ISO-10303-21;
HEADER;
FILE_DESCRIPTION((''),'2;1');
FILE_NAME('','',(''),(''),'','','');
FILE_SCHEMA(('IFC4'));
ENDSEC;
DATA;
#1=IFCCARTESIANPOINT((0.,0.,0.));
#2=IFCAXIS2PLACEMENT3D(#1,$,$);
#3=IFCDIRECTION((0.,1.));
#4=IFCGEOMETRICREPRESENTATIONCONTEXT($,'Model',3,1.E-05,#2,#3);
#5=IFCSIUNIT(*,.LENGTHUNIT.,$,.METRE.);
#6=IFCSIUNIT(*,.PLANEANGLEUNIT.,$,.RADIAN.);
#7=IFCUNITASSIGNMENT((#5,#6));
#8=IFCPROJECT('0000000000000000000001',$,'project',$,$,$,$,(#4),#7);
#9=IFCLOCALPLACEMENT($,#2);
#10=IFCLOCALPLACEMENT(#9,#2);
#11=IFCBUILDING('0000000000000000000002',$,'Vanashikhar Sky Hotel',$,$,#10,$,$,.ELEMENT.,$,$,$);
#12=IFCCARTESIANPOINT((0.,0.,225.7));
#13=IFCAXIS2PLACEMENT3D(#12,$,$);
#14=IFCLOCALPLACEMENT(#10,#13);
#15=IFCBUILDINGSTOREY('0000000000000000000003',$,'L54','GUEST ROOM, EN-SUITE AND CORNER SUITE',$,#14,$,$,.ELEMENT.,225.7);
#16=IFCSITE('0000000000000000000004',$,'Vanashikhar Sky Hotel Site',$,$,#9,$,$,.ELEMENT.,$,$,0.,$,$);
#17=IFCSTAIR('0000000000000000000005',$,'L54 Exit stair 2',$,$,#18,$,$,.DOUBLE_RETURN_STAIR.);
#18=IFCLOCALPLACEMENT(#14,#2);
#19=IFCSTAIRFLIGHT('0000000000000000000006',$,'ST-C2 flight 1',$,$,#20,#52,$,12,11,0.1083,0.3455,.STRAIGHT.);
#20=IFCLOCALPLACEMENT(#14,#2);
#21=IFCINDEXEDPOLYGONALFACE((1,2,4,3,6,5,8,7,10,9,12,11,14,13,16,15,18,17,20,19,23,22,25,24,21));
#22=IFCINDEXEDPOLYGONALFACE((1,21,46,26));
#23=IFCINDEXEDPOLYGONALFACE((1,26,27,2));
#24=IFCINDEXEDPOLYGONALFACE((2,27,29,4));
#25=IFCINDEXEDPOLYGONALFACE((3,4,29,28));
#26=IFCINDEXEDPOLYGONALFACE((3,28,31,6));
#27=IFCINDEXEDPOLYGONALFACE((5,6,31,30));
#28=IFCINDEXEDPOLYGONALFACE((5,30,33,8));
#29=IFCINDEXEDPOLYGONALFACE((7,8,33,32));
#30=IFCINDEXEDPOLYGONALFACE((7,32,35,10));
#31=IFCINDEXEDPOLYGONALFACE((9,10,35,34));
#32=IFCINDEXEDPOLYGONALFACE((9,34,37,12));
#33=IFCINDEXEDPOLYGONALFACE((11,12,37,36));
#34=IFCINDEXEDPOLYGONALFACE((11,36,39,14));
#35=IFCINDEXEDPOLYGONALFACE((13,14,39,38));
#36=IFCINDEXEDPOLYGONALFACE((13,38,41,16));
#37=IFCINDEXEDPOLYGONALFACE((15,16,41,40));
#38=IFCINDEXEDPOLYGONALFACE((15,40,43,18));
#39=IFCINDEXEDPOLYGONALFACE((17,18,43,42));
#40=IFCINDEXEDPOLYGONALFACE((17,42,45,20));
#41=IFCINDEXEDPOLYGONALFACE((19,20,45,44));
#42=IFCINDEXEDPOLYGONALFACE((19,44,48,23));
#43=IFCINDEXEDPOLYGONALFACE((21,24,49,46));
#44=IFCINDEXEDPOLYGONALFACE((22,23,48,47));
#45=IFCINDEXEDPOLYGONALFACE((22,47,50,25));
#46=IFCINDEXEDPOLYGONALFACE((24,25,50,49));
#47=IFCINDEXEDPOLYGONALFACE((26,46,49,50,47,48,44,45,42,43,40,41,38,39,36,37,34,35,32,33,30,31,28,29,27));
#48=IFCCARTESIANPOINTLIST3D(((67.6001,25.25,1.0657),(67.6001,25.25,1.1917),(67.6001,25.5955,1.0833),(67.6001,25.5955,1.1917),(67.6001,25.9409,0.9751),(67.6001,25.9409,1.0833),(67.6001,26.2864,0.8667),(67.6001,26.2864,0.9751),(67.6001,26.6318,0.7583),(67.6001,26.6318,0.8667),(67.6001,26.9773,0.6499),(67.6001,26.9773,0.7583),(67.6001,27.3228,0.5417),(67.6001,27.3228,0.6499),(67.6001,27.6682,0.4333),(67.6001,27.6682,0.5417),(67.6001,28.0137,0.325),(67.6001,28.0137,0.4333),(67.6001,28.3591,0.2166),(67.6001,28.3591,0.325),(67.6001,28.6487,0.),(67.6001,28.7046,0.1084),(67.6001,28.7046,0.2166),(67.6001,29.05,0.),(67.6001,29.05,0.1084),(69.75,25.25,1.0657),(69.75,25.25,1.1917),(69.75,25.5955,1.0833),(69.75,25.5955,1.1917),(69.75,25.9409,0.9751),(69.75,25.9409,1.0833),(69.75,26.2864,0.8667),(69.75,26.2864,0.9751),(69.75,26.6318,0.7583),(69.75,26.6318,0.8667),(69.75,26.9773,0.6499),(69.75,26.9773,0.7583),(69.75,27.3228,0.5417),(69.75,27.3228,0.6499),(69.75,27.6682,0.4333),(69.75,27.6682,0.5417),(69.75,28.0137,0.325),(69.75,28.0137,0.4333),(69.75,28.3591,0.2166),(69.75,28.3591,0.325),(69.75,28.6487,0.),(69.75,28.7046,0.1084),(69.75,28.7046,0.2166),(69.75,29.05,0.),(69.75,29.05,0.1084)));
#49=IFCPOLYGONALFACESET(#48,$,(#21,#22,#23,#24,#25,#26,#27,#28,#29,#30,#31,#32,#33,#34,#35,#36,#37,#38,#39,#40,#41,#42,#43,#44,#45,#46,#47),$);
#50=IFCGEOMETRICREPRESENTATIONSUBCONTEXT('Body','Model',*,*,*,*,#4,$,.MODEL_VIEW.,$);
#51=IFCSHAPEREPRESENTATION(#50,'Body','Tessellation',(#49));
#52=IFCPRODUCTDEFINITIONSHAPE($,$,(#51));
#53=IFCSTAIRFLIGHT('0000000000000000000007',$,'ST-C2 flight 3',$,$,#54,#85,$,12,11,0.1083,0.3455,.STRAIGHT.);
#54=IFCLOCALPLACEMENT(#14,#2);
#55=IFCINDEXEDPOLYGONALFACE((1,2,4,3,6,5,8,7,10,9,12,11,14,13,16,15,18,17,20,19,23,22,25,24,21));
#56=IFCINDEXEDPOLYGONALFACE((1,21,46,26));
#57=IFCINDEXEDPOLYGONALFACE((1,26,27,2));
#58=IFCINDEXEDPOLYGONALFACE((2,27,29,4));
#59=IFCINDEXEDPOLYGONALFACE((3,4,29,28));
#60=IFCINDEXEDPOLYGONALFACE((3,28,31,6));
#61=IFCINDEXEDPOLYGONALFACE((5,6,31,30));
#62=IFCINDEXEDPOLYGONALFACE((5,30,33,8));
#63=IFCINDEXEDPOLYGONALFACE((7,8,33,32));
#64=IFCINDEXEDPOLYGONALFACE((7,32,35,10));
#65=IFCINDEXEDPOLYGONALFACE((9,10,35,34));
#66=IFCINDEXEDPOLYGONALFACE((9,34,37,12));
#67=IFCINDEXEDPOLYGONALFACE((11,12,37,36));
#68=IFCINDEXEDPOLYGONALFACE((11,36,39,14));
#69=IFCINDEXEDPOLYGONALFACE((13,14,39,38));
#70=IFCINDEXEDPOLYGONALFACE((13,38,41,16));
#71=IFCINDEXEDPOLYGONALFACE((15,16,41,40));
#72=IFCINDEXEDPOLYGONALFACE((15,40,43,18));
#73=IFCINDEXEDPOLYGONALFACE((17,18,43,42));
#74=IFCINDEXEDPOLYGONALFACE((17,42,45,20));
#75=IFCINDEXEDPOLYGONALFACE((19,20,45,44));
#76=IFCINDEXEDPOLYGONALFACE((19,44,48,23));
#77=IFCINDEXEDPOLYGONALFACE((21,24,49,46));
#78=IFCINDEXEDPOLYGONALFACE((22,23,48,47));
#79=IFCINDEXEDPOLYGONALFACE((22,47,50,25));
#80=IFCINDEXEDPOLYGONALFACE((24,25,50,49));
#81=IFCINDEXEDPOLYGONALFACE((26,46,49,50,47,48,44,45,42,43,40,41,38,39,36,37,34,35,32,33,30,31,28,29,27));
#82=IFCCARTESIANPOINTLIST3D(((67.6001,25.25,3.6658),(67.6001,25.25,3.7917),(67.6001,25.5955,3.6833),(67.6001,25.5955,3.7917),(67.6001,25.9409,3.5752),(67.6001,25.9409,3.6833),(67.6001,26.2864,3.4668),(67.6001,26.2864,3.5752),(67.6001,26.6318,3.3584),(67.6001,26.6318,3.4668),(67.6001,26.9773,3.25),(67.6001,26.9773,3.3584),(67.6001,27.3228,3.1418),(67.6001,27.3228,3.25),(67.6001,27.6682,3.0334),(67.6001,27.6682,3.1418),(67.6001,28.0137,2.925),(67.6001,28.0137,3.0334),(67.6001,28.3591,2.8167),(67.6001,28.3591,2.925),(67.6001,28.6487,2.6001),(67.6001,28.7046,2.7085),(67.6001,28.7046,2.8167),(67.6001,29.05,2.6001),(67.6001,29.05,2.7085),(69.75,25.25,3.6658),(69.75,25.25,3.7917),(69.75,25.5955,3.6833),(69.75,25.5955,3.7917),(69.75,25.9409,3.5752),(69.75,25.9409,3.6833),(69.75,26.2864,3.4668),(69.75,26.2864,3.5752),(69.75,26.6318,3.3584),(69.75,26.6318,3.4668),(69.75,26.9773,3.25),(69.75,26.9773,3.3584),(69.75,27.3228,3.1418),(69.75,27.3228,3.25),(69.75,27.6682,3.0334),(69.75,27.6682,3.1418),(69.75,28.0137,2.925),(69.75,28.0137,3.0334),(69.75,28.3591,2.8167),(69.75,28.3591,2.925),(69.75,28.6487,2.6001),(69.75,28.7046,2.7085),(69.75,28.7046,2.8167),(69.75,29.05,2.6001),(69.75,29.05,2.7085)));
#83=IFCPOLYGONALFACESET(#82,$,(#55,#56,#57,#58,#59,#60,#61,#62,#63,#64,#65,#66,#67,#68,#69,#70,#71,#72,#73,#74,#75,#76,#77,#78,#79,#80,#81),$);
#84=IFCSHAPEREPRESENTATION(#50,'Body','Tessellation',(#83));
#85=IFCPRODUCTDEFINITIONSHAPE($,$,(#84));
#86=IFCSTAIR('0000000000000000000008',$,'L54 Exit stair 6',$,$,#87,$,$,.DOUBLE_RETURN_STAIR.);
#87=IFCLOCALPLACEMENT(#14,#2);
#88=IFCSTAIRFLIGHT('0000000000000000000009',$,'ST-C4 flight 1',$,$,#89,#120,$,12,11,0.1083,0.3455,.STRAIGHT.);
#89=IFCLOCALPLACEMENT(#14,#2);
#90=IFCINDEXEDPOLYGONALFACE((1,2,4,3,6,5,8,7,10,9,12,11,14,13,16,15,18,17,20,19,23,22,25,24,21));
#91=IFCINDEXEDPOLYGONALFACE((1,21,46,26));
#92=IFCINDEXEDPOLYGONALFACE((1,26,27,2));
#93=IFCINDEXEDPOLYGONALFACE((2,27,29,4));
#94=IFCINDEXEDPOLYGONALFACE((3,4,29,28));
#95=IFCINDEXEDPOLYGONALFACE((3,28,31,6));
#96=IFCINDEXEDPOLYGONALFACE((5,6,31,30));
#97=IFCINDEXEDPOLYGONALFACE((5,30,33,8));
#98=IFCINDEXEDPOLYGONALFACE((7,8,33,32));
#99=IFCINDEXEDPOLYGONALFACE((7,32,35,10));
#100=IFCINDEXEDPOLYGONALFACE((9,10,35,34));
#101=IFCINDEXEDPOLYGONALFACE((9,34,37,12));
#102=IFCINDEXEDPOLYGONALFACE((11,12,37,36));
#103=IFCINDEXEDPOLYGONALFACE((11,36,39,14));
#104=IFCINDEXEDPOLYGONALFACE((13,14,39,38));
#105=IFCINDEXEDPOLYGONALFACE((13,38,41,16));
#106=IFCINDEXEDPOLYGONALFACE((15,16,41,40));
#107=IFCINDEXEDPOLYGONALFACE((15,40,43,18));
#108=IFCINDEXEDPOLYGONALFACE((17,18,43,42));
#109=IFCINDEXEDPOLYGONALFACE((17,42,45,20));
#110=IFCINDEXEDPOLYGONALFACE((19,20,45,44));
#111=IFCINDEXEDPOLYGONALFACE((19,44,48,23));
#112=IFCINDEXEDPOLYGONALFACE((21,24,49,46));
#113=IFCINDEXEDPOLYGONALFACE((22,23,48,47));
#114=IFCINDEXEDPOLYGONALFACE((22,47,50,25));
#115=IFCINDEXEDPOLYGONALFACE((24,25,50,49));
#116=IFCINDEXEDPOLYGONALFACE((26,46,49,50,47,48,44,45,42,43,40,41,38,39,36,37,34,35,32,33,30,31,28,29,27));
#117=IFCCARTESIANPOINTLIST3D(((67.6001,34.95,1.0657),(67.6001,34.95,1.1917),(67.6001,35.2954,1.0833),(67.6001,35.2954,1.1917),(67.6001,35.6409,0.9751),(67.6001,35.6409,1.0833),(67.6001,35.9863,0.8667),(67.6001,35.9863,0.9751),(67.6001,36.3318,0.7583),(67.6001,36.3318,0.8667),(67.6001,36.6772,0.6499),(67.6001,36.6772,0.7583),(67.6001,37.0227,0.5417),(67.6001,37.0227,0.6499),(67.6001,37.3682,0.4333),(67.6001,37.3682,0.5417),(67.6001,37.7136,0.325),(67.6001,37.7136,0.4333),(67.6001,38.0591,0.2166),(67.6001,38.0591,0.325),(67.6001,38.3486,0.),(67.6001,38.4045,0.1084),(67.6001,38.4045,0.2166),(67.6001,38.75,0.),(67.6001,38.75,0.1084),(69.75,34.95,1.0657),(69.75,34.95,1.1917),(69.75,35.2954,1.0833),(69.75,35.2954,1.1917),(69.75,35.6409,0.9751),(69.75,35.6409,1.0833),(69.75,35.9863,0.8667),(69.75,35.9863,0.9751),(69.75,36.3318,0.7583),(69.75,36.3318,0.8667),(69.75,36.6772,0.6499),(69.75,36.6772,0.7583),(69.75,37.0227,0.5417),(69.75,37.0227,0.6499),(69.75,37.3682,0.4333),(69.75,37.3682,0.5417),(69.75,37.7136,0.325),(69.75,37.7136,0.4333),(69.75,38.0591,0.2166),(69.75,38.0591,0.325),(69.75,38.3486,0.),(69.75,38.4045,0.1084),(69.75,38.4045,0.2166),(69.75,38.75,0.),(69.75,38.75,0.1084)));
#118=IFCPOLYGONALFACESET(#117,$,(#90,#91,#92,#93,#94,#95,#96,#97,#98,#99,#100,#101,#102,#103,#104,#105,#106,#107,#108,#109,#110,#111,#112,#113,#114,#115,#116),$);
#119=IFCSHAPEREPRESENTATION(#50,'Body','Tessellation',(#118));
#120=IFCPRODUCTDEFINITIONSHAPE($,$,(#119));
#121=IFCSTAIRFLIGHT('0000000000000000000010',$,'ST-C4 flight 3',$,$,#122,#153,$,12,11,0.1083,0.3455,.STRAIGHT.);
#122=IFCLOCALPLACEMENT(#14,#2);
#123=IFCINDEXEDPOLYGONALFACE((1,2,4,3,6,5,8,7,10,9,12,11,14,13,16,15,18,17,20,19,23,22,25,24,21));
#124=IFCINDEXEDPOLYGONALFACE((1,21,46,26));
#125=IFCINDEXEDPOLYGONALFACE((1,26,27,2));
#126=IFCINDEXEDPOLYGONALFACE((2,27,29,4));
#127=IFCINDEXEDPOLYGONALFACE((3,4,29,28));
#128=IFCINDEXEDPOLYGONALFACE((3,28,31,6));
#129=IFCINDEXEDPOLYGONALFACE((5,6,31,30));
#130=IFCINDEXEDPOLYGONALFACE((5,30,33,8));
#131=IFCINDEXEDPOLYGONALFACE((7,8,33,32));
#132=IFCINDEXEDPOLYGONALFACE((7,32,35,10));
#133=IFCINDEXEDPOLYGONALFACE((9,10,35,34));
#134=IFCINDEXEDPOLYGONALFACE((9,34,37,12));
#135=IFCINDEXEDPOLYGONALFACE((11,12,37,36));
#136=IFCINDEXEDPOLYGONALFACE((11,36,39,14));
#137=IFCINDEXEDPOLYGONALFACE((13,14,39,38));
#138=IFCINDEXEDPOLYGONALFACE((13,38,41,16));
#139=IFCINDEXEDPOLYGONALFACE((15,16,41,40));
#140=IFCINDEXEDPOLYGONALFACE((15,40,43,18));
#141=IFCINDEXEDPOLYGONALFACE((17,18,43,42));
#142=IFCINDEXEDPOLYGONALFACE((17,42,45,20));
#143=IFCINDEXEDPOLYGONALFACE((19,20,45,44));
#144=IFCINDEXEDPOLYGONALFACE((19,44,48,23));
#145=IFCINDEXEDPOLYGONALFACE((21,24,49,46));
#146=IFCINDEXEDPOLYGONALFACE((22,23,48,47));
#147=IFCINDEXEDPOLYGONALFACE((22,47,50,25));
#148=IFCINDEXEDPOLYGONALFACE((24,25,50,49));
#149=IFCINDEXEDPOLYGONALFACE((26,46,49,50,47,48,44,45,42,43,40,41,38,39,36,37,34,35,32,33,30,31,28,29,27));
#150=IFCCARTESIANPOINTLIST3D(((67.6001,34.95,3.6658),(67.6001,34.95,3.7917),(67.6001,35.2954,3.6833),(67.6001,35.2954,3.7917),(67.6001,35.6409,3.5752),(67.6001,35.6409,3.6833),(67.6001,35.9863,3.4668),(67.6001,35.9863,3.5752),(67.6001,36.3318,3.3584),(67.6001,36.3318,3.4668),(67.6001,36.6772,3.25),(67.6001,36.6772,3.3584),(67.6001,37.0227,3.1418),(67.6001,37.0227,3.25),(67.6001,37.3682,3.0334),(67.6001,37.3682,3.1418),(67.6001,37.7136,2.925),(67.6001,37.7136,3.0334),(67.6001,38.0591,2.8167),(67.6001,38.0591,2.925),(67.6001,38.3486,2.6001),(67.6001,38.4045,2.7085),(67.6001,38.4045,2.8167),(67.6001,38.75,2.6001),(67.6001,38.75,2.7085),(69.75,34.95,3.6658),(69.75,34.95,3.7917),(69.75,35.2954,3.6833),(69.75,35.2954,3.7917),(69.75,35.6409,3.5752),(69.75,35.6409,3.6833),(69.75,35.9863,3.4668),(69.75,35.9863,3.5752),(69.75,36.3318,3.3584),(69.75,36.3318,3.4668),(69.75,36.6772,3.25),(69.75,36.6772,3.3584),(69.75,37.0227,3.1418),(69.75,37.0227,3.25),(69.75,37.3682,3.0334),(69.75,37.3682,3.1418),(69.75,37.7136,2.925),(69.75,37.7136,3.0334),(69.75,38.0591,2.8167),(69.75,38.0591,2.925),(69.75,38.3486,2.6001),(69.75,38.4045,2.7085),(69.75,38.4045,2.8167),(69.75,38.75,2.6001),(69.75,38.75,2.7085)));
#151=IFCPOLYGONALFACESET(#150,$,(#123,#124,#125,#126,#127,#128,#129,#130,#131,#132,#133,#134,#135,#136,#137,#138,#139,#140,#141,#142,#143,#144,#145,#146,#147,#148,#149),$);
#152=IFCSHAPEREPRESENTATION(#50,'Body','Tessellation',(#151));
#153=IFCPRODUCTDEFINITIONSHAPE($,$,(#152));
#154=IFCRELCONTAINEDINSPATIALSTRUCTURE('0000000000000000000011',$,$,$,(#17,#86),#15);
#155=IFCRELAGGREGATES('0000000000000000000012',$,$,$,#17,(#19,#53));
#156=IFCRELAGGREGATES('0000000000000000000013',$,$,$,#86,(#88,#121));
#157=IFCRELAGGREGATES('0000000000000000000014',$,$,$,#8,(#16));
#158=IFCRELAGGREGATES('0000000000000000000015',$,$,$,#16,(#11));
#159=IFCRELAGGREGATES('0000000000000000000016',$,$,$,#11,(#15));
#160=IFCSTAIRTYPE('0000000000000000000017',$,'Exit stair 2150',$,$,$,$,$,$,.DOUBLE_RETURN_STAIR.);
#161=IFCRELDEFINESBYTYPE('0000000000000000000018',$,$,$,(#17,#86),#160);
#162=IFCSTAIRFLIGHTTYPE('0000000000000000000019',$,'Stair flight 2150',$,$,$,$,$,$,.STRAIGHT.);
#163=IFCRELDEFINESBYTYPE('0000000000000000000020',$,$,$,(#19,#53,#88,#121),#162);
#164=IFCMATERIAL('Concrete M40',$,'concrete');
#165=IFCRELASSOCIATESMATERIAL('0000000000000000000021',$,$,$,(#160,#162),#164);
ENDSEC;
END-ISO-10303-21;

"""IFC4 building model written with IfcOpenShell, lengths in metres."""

from ifc_helpers import new_model, si_unit, direction, frame, origin, place, context, subcontext, project, spatial, polyline, outline, extrude, source, transform, mapped, material, type_object, element, aggregate, save


model = new_model("IFC4")

# Units and contexts
model_context = context("Model", 3, precision=1e-05, world=origin(), true_north=direction((0.0, 1.0)))
body_context = subcontext(model_context, "Body", "Model", "MODEL_VIEW")
ifc_project = project(units=[si_unit("LENGTHUNIT", "METRE"), si_unit("PLANEANGLEUNIT", "RADIAN")], contexts=[model_context])

# Site, building, storey
site_placement = place(None, origin())
site = spatial("IfcSite", under=ifc_project, at=site_placement, Name="Vanashikhar Sky Hotel Site", CompositionType="ELEMENT", RefElevation=0.0)
building_placement = place(site_placement, origin())
building = spatial("IfcBuilding", under=site, at=building_placement, Name="Vanashikhar Sky Hotel", CompositionType="ELEMENT")
storey_placement = place(building_placement, frame((0.0, 0.0, 225.7)))
storey = spatial("IfcBuildingStorey", under=building, at=storey_placement, Name="L54", Description="GUEST ROOM, EN-SUITE AND CORNER SUITE", CompositionType="ELEMENT", Elevation=225.7)

# Stairs, stair flights
ifc_material_1 = material(Name="Concrete M40", Category="concrete")
stair_type = type_object("IfcStairType", Name="Exit stair 2150", PredefinedType="DOUBLE_RETURN_STAIR", material=ifc_material_1)
stair_1_placement = place(storey_placement, origin())
stair_1 = element("IfcStair", 1, at=stair_1_placement, inside=storey, type_object=stair_type, Name="L54 Exit stair 2", PredefinedType="DOUBLE_RETURN_STAIR")
stair_flight_type = type_object("IfcStairFlightType", Name="Stair flight 2150", PredefinedType="STRAIGHT", material=ifc_material_1)
shared_shape_1 = source(origin(), body_context, "Body", "SweptSolid", [
    extrude(outline(polyline([(0.0, 0.0), (0.0, 0.1084), (0.3455, 0.1084), (0.3455, 0.2166), (0.6909, 0.2166), (0.6909, 0.325), (1.0364, 0.325), (1.0364, 0.4333), (1.3818, 0.4333), (1.3818, 0.5417), (1.7273, 0.5417), (1.7273, 0.6499), (2.0728, 0.6499), (2.0728, 0.7583), (2.4182, 0.7583), (2.4182, 0.8667), (2.7637, 0.8667), (2.7637, 0.9751), (3.1091, 0.9751), (3.1091, 1.0833), (3.4546, 1.0833), (3.4546, 1.1917), (3.8, 1.1917), (3.8, 1.3), (3.8, 1.0657), (0.4014, 0.0), (0.0, 0.0)])), frame((0.0, 1.075, 0.0), z_axis=(0.0, -1.0, 0.0), x_axis=(1.0, 0.0, 0.0)), (0.0, 0.0, 1.0), 2.1499),
])
stair_flight_1_placement = place(storey_placement, frame((68.675, 29.05, 0.0), z_axis=(0.0, 0.0, 1.0), x_axis=(0.0, -1.0, 0.0)))
stair_flight_1 = element("IfcStairFlight", 2, at=stair_flight_1_placement, type_object=stair_flight_type, Name="ST-C2 flight 1", NumberOfRisers=12, NumberOfTreads=11, PredefinedType="STRAIGHT", RiserHeight=0.1083, TreadLength=0.3455, context=body_context, shape_type="MappedRepresentation", body=[
    mapped(shared_shape_1, transform((0.0, 0.0, 0.0), scale=1.0)),
])
stair_flight_2_placement = place(storey_placement, frame((68.675, 29.05, 2.6001), z_axis=(0.0, 0.0, 1.0), x_axis=(0.0, -1.0, 0.0)))
stair_flight_2 = element("IfcStairFlight", 3, at=stair_flight_2_placement, type_object=stair_flight_type, Name="ST-C2 flight 3", NumberOfRisers=12, NumberOfTreads=11, PredefinedType="STRAIGHT", RiserHeight=0.1083, TreadLength=0.3455, context=body_context, shape_type="MappedRepresentation", body=[
    mapped(shared_shape_1, transform((0.0, 0.0, 0.0), scale=1.0)),
])
aggregate(stair_1, [stair_flight_1, stair_flight_2])
stair_2_placement = place(storey_placement, origin())
stair_2 = element("IfcStair", 4, at=stair_2_placement, inside=storey, type_object=stair_type, Name="L54 Exit stair 6", PredefinedType="DOUBLE_RETURN_STAIR")
stair_flight_3_placement = place(storey_placement, frame((68.675, 38.75, 0.0), z_axis=(0.0, 0.0, 1.0), x_axis=(0.0, -1.0, 0.0)))
stair_flight_3 = element("IfcStairFlight", 5, at=stair_flight_3_placement, type_object=stair_flight_type, Name="ST-C4 flight 1", NumberOfRisers=12, NumberOfTreads=11, PredefinedType="STRAIGHT", RiserHeight=0.1083, TreadLength=0.3455, context=body_context, shape_type="MappedRepresentation", body=[
    mapped(shared_shape_1, transform((0.0, 0.0, 0.0), scale=1.0)),
])
stair_flight_4_placement = place(storey_placement, frame((68.675, 38.75, 2.6001), z_axis=(0.0, 0.0, 1.0), x_axis=(0.0, -1.0, 0.0)))
stair_flight_4 = element("IfcStairFlight", 6, at=stair_flight_4_placement, type_object=stair_flight_type, Name="ST-C4 flight 3", NumberOfRisers=12, NumberOfTreads=11, PredefinedType="STRAIGHT", RiserHeight=0.1083, TreadLength=0.3455, context=body_context, shape_type="MappedRepresentation", body=[
    mapped(shared_shape_1, transform((0.0, 0.0, 0.0), scale=1.0)),
])
aggregate(stair_2, [stair_flight_3, stair_flight_4])

save(model, "model.ifc")
